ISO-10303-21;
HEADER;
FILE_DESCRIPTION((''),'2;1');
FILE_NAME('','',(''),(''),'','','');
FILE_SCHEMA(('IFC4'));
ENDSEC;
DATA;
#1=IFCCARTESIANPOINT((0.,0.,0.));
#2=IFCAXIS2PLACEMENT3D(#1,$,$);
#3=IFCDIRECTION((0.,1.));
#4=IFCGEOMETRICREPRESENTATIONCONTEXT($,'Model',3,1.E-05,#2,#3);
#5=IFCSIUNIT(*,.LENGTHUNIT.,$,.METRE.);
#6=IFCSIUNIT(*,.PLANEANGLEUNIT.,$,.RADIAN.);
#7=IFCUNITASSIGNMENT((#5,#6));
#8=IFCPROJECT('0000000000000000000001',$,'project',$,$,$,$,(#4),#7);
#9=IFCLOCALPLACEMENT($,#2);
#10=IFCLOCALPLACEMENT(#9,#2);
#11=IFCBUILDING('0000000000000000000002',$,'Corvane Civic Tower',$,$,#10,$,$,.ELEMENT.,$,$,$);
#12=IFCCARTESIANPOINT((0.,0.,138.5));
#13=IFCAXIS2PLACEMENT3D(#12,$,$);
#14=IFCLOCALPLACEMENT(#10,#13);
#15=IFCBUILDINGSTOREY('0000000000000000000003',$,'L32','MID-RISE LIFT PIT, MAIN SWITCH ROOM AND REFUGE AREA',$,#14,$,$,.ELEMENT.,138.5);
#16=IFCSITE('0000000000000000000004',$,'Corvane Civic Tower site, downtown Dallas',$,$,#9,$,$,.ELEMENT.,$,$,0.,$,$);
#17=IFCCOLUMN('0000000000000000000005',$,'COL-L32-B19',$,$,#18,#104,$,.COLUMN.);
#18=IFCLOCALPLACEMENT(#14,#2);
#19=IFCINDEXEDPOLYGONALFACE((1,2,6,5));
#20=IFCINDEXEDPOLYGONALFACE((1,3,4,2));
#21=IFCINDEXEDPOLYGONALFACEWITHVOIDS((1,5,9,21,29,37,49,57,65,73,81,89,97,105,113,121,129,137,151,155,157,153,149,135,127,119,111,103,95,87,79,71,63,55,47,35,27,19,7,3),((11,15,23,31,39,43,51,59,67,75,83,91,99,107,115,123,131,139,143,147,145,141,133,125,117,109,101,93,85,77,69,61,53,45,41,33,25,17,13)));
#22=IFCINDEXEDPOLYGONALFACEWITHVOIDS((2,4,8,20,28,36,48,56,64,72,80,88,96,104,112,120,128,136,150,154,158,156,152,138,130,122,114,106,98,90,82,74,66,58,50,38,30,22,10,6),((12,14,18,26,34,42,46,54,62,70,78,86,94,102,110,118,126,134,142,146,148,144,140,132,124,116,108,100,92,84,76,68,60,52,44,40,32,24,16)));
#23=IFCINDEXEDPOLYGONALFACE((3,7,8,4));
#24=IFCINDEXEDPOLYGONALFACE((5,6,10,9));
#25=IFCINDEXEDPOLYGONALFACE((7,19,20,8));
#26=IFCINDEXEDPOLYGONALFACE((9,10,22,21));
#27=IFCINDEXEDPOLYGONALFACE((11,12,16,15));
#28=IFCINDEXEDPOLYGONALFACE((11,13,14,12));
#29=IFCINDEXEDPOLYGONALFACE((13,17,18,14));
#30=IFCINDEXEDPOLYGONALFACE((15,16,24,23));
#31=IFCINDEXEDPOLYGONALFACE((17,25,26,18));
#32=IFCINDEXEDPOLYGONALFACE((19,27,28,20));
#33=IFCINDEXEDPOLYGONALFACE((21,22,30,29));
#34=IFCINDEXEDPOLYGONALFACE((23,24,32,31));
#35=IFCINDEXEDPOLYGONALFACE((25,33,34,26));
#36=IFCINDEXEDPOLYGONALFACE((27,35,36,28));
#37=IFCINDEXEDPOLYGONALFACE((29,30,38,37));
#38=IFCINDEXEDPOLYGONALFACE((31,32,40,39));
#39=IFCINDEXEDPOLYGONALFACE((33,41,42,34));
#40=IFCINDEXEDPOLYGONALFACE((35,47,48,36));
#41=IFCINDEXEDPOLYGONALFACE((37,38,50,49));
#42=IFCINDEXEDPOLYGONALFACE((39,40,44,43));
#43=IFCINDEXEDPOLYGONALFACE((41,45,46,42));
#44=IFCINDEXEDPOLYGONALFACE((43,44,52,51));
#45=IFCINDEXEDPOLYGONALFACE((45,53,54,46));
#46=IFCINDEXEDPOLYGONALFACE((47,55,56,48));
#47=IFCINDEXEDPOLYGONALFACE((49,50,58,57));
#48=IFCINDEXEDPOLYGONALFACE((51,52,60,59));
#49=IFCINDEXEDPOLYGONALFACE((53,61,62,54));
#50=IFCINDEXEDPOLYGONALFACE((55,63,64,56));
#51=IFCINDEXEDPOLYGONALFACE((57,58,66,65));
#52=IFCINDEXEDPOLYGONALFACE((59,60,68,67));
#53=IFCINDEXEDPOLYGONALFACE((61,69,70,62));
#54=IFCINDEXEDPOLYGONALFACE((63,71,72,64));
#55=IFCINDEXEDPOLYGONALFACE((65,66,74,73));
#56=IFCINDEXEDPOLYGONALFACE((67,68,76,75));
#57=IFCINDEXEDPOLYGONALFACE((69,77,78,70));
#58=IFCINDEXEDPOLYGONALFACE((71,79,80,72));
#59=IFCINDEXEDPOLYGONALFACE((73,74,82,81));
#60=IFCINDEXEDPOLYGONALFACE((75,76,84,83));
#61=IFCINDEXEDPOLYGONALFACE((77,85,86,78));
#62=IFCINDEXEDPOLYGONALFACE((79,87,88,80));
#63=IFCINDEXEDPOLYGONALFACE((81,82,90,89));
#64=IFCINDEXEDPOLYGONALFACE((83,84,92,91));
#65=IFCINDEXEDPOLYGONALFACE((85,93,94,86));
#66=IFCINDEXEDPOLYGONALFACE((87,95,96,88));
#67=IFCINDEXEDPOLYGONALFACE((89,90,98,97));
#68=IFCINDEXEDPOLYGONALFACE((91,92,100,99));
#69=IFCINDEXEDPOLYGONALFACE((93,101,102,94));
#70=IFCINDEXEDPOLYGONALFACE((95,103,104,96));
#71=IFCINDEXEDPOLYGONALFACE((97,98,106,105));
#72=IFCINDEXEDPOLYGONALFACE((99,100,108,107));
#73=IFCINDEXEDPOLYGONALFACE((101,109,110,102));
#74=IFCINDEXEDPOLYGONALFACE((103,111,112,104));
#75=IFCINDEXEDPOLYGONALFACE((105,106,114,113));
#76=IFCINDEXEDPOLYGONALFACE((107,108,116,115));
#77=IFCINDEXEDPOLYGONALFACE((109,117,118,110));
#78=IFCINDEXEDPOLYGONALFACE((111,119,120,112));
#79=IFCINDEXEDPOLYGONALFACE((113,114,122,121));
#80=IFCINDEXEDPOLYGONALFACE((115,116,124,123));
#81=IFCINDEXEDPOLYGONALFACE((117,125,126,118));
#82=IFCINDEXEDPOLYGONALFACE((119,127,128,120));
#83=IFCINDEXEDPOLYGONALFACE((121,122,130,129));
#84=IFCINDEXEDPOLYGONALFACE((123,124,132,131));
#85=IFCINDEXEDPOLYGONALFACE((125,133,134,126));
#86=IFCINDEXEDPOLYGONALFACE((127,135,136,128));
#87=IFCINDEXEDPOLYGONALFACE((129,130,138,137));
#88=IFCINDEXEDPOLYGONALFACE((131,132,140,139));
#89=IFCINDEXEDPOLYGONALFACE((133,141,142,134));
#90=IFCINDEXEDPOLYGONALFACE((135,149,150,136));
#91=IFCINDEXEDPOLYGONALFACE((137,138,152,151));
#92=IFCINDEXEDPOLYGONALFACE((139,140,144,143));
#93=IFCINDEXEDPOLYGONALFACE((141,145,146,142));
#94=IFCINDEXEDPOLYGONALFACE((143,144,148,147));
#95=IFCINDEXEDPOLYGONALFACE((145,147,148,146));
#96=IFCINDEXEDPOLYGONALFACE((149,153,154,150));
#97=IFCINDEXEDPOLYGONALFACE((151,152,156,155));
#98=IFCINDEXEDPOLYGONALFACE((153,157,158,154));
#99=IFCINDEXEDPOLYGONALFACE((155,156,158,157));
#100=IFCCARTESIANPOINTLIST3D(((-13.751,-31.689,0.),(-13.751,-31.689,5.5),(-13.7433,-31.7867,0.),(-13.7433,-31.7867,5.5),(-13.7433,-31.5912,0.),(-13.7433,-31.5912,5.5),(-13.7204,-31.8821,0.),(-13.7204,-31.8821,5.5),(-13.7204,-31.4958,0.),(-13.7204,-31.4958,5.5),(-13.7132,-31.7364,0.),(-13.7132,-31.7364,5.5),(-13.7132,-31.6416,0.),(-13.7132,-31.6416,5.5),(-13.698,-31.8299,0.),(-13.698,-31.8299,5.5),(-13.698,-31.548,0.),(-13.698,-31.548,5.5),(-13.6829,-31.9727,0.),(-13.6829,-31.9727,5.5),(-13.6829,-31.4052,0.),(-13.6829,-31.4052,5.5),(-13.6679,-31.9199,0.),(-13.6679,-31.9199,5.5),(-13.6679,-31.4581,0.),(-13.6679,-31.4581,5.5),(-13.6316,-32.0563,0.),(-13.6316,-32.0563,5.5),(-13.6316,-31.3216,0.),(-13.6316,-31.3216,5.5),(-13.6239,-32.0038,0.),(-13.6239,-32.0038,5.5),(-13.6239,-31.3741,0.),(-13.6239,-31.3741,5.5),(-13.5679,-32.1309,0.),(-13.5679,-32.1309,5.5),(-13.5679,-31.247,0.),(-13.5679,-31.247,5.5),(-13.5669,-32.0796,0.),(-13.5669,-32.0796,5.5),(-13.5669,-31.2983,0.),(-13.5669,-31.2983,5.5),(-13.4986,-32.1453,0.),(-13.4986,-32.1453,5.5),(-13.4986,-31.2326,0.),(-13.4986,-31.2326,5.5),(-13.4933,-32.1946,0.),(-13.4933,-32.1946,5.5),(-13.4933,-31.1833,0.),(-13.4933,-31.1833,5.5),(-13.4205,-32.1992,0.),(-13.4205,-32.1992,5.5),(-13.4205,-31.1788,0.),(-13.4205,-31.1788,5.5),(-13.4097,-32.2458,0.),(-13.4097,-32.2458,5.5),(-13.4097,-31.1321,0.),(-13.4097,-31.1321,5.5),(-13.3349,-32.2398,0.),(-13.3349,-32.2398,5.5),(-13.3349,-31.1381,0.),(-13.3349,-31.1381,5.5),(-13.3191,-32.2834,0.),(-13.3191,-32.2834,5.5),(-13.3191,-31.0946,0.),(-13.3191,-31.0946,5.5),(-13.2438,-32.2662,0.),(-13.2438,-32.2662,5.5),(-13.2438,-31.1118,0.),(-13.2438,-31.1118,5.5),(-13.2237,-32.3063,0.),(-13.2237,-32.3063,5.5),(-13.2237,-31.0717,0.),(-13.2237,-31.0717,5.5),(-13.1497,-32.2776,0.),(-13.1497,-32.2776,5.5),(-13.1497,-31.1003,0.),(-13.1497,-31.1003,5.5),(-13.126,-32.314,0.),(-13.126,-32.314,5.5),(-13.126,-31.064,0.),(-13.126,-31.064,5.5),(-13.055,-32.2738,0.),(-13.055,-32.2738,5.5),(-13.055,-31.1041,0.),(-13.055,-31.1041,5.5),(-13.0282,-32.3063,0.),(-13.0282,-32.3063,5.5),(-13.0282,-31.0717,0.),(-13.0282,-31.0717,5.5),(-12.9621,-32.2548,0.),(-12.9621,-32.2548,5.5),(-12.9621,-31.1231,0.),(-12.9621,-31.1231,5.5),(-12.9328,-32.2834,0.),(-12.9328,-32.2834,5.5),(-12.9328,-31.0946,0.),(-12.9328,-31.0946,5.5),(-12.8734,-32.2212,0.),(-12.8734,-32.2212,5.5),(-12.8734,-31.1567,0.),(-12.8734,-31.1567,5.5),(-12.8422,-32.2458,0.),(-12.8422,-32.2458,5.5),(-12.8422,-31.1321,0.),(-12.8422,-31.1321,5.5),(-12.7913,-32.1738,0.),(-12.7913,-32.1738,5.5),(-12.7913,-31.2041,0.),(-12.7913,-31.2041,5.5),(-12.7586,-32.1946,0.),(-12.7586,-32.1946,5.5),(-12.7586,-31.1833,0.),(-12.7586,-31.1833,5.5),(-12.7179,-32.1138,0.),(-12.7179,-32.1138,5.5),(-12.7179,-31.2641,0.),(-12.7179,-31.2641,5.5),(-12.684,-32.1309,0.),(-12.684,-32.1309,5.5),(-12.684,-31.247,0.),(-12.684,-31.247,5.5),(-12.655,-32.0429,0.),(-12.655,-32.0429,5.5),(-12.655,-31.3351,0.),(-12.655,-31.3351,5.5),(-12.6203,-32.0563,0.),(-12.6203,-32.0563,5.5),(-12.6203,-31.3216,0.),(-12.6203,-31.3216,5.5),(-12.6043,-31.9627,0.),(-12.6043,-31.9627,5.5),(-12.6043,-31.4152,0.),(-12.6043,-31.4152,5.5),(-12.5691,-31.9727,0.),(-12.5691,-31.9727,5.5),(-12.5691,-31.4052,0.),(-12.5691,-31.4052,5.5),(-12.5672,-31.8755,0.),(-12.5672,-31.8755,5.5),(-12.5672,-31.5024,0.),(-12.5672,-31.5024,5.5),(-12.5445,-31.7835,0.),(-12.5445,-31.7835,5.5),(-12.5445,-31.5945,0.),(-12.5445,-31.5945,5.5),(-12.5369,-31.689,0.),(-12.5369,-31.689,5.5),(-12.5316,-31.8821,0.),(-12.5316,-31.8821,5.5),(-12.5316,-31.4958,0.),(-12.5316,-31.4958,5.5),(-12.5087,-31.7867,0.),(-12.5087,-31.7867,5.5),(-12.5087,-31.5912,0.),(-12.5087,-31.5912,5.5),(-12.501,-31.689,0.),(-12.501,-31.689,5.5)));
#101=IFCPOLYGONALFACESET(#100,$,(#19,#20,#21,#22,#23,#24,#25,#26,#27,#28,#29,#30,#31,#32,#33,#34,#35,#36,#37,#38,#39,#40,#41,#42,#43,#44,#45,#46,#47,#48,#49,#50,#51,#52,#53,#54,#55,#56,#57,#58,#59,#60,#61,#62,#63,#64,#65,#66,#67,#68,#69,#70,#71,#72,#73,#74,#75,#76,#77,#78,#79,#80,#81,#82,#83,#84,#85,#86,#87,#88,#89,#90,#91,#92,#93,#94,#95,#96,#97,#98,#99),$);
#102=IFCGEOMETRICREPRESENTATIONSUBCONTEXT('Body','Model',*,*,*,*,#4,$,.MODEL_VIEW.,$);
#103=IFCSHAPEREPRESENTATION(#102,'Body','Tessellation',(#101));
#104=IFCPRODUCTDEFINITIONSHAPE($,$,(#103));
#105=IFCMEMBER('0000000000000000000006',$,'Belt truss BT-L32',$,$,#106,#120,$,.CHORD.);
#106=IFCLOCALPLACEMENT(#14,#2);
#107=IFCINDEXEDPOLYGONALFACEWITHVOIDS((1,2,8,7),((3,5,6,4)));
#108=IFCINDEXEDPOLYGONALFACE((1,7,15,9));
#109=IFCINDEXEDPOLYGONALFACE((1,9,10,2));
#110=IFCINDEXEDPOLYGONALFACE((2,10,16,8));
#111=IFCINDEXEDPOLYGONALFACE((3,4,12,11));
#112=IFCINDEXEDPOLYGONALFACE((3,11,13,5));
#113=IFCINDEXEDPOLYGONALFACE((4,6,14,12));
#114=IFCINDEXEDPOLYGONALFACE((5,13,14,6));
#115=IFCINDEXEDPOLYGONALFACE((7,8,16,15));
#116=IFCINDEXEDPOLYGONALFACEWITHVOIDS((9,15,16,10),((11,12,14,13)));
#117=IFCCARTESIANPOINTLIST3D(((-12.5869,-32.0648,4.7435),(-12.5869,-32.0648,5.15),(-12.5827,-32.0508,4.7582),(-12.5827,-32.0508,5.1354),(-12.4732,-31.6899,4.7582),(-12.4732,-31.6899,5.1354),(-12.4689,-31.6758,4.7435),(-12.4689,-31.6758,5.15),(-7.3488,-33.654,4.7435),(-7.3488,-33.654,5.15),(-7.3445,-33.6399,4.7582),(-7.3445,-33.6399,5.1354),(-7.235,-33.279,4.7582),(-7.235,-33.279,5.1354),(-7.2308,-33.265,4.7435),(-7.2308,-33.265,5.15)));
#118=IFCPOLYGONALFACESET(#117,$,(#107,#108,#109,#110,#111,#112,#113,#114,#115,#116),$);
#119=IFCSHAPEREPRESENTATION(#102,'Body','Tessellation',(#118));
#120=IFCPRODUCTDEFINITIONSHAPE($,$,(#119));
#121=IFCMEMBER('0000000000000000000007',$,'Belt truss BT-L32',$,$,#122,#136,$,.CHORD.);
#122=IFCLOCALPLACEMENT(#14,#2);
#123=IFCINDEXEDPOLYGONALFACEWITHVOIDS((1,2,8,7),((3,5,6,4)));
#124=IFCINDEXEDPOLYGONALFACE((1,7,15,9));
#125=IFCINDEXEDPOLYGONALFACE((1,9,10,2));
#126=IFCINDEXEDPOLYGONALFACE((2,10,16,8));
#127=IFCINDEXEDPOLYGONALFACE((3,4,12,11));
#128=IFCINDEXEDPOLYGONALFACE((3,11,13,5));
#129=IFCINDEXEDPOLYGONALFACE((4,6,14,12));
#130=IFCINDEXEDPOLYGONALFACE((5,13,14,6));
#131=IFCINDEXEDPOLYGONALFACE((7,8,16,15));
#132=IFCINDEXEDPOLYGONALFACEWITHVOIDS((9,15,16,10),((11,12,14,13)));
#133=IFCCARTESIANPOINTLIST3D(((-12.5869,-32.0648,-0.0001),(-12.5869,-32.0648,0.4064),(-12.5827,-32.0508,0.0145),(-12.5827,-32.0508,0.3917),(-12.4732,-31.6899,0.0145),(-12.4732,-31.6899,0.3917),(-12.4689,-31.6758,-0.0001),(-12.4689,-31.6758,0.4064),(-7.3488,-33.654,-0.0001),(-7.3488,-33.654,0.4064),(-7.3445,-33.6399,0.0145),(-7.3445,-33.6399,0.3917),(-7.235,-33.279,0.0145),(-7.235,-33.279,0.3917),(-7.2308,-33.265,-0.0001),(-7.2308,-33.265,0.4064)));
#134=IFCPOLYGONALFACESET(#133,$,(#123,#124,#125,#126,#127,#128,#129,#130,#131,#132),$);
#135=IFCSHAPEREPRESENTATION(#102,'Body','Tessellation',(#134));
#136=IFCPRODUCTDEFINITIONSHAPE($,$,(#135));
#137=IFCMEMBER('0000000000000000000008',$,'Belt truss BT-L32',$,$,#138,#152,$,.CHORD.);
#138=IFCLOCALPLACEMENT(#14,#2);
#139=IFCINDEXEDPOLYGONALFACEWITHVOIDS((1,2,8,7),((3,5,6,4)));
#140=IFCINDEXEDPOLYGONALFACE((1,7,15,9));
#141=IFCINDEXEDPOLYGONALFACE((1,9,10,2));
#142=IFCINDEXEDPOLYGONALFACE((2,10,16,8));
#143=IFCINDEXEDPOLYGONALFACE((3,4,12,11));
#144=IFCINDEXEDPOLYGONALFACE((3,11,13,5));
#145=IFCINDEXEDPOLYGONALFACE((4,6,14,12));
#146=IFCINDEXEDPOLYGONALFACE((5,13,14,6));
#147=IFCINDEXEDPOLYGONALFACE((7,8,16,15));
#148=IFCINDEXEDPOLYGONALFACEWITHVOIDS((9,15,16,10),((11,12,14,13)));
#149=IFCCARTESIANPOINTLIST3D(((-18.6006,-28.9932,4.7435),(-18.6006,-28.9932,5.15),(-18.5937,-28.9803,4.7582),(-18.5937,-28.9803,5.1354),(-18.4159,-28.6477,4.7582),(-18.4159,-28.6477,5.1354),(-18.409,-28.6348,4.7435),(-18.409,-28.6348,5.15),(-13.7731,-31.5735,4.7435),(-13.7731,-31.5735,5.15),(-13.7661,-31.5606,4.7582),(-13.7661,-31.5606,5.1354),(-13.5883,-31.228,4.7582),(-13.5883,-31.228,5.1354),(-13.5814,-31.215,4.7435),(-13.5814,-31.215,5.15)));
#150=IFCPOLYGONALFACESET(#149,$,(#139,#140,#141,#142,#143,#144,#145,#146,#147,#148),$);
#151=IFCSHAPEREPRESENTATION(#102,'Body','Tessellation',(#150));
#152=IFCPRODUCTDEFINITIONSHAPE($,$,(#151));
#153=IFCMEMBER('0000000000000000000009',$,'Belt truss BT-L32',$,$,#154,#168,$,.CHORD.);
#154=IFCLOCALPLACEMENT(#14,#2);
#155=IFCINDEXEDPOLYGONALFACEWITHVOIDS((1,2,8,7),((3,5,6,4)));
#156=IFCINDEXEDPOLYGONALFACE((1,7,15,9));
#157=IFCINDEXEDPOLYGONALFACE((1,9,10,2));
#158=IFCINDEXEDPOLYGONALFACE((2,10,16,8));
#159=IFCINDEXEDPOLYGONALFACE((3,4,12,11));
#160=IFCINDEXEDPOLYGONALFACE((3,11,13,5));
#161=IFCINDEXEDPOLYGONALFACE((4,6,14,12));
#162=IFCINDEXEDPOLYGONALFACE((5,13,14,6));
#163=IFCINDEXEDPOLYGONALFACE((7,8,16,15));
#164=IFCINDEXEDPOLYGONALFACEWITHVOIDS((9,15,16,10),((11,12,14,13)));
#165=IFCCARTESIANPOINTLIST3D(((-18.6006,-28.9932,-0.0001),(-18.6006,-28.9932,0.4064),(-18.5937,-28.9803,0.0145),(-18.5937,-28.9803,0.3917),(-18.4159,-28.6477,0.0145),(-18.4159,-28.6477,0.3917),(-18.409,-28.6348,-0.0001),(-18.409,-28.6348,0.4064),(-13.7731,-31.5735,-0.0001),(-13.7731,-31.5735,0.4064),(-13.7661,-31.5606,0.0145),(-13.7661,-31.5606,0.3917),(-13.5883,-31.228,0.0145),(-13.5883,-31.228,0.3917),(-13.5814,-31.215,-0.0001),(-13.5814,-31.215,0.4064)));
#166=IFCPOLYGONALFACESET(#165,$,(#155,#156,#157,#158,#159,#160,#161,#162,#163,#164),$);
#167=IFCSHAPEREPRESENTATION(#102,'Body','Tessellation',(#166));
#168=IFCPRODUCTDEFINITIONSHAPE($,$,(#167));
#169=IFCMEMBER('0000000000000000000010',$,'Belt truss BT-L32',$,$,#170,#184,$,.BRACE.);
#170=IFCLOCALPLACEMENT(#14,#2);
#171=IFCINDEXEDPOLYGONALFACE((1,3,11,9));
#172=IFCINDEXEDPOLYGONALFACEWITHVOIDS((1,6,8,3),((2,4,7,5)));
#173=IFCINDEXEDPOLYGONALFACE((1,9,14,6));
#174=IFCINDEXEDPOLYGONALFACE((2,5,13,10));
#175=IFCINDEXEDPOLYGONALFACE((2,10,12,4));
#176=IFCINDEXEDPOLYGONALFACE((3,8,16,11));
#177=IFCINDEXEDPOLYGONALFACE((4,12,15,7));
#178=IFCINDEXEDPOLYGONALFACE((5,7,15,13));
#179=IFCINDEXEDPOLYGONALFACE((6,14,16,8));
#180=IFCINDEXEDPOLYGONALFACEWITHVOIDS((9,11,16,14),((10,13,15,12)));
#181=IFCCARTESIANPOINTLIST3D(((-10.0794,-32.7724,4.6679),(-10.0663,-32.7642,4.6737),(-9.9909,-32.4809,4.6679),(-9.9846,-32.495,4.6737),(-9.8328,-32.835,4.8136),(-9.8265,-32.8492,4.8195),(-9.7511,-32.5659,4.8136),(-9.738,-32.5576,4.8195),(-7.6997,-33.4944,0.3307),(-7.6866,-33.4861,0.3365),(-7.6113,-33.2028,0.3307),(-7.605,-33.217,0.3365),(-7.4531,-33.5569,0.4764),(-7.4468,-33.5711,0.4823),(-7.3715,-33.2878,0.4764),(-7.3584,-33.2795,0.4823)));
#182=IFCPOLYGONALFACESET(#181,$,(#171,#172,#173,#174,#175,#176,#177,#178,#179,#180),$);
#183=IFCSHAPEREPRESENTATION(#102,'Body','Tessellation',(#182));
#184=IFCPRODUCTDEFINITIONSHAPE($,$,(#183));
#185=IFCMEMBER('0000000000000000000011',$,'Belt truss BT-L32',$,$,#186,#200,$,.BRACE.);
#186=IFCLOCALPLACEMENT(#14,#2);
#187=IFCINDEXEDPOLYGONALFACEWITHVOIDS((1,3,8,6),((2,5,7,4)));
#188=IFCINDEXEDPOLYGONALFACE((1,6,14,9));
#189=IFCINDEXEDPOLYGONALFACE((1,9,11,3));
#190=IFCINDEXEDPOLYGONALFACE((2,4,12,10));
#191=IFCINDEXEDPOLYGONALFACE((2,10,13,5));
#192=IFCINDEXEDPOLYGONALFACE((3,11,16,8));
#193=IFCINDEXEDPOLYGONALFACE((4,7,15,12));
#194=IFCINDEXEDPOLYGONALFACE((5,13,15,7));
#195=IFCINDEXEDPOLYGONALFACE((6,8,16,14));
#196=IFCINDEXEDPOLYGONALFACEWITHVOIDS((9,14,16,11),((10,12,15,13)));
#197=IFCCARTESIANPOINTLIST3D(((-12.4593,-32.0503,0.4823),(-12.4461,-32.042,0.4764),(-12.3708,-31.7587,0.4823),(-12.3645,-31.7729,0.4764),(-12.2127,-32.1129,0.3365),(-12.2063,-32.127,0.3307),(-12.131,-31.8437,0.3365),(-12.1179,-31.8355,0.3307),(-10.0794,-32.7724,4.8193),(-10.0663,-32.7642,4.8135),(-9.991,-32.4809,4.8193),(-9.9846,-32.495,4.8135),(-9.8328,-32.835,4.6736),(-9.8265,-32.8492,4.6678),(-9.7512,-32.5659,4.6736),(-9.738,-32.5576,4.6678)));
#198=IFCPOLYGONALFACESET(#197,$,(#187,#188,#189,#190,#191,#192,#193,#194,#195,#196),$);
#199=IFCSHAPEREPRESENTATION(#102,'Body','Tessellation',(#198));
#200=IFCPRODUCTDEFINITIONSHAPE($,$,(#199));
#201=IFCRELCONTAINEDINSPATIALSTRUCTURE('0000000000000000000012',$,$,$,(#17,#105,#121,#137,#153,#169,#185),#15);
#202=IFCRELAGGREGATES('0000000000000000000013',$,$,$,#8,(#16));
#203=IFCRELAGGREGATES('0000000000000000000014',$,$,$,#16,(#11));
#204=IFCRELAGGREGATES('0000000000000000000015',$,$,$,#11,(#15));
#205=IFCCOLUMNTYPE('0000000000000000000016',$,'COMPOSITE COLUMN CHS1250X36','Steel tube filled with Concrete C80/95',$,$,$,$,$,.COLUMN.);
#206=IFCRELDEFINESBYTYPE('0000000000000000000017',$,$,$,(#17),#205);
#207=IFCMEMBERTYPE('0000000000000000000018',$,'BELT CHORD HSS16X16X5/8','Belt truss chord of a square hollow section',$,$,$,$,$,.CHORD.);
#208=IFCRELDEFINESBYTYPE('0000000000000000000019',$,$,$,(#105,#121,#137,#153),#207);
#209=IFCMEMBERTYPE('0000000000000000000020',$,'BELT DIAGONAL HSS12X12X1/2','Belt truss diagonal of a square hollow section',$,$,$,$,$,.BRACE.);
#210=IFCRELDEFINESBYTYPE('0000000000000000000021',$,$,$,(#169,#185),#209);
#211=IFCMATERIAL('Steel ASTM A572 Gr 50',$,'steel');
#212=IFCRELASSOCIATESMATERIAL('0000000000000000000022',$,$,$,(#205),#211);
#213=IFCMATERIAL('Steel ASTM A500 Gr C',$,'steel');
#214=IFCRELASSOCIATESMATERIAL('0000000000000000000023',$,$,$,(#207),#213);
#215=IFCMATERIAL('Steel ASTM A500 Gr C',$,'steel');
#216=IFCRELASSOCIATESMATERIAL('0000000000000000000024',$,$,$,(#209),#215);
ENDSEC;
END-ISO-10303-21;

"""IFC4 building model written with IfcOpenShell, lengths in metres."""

from ifc_helpers import new_model, si_unit, direction, frame, origin, origin_2d, place, context, subcontext, project, spatial, hollow_rectangle, hollow_circle, extrude, material, material_profile, profile_set, type_object, element, save


model = new_model("IFC4")

# Units and contexts
model_context = context("Model", 3, precision=1e-05, world=origin(), true_north=direction((0.0, 1.0)))
body_context = subcontext(model_context, "Body", "Model", "MODEL_VIEW")
ifc_project = project(units=[si_unit("LENGTHUNIT", "METRE"), si_unit("PLANEANGLEUNIT", "RADIAN")], contexts=[model_context])

# Site, building, storey
site_placement = place(None, origin())
site = spatial("IfcSite", under=ifc_project, at=site_placement, Name="Corvane Civic Tower site, downtown Dallas", CompositionType="ELEMENT", RefElevation=0.0)
building_placement = place(site_placement, origin())
building = spatial("IfcBuilding", under=site, at=building_placement, Name="Corvane Civic Tower", CompositionType="ELEMENT")
storey_placement = place(building_placement, frame((0.0, 0.0, 138.5)))
storey = spatial("IfcBuildingStorey", under=building, at=storey_placement, Name="L32", Description="MID-RISE LIFT PIT, MAIN SWITCH ROOM AND REFUGE AREA", CompositionType="ELEMENT", Elevation=138.5)

# Column
ifc_material_1 = material(Name="Steel ASTM A572 Gr 50", Category="steel")
ifc_material_profile_1 = material_profile(ifc_material_1, hollow_circle(Radius=0.625, WallThickness=0.0359, at=origin_2d()), Name="CHS1250X36")
ifc_profile_set_1 = profile_set([ifc_material_profile_1], Name="Steel ASTM A572 Gr 50")
column_type_1 = type_object("IfcColumnType", Name="COMPOSITE COLUMN CHS1250X36", Description="Steel tube filled with Concrete C80/95", PredefinedType="COLUMN", material=ifc_profile_set_1)
column_placement = place(storey_placement, frame((-13.126, -31.689, 0.0), z_axis=(0.0, 0.0, 1.0), x_axis=(1.0, 0.0, 0.0)))
element("IfcColumn", 1, at=column_placement, inside=storey, type_object=column_type_1, Name="COL-L32-B19", PredefinedType="COLUMN", context=body_context, shape_type="SweptSolid", body=[
    extrude(hollow_circle(Radius=0.625, WallThickness=0.0359, at=origin_2d()), origin(), (0.0, 0.0, 1.0), 5.5),
])

# Members
ifc_material_2 = material(Name="Steel ASTM A500 Gr C", Category="steel")
ifc_material_profile_2 = material_profile(ifc_material_2, hollow_rectangle(XDim=0.4065, YDim=0.4065, WallThickness=0.0146, at=origin_2d()), Name="HSS16X16X5/8")
ifc_profile_set_2 = profile_set([ifc_material_profile_2], Name="Steel ASTM A500 Gr C")
member_type_1 = type_object("IfcMemberType", Name="BELT CHORD HSS16X16X5/8", Description="Belt truss chord of a square hollow section", PredefinedType="CHORD", material=ifc_profile_set_2)
for number, where, z_axis, x_axis, name in (
    (2, (-7.2898, -33.4595, 4.9468), (-0.956932, 0.290313, 0.0), (-0.290313, -0.956932, 0.0), "Belt truss BT-L32"),
    (3, (-7.2898, -33.4595, 0.2031), (-0.956932, 0.290313, 0.0), (-0.290313, -0.956932, 0.0), "Belt truss BT-L32"),
    (4, (-13.6772, -31.3943, 4.9468), (-0.881929, 0.471382, 0.0), (-0.471382, -0.881929, 0.0), "Belt truss BT-L32"),
    (5, (-13.6772, -31.3943, 0.2031), (-0.881929, 0.471382, 0.0), (-0.471382, -0.881929, 0.0), "Belt truss BT-L32"),
):
    element("IfcMember", number, at=place(storey_placement, frame(where, z_axis=z_axis, x_axis=x_axis)), inside=storey, type_object=member_type_1, Name=name, PredefinedType="CHORD", context=body_context, shape_type="SweptSolid", body=[
        extrude(hollow_rectangle(XDim=0.4065, YDim=0.4065, WallThickness=0.0146, at=origin_2d()), origin(), (0.0, 0.0, 1.0), 5.4739),
    ])
ifc_material_3 = material(Name="Steel ASTM A500 Gr C", Category="steel")
ifc_material_profile_3 = material_profile(ifc_material_3, hollow_rectangle(XDim=0.3047, YDim=0.3047, WallThickness=0.0117, at=origin_2d()), Name="HSS12X12X1/2")
ifc_profile_set_3 = profile_set([ifc_material_profile_3], Name="Steel ASTM A500 Gr C")
member_type_2 = type_object("IfcMemberType", Name="BELT DIAGONAL HSS12X12X1/2", Description="Belt truss diagonal of a square hollow section", PredefinedType="BRACE", material=ifc_profile_set_3)
for number, where, z_axis, x_axis, name in (
    (6, (-7.5291, -33.387, 0.4065), (-0.475977, 0.1444, 0.867522), (-0.29031, -0.956933, 0.0), "Belt truss BT-L32"),
    (7, (-12.2886, -31.9429, 0.4065), (0.476012, -0.144444, 0.867496), (0.290372, 0.956914, 0.0), "Belt truss BT-L32"),
):
    element("IfcMember", number, at=place(storey_placement, frame(where, z_axis=z_axis, x_axis=x_axis)), inside=storey, type_object=member_type_2, Name=name, PredefinedType="BRACE", context=body_context, shape_type="SweptSolid", body=[
        extrude(hollow_rectangle(XDim=0.3047, YDim=0.3047, WallThickness=0.0117, at=origin_2d()), origin(), (0.0, 0.0, 1.0), 4.9995),
    ])

save(model, "model.ifc")
